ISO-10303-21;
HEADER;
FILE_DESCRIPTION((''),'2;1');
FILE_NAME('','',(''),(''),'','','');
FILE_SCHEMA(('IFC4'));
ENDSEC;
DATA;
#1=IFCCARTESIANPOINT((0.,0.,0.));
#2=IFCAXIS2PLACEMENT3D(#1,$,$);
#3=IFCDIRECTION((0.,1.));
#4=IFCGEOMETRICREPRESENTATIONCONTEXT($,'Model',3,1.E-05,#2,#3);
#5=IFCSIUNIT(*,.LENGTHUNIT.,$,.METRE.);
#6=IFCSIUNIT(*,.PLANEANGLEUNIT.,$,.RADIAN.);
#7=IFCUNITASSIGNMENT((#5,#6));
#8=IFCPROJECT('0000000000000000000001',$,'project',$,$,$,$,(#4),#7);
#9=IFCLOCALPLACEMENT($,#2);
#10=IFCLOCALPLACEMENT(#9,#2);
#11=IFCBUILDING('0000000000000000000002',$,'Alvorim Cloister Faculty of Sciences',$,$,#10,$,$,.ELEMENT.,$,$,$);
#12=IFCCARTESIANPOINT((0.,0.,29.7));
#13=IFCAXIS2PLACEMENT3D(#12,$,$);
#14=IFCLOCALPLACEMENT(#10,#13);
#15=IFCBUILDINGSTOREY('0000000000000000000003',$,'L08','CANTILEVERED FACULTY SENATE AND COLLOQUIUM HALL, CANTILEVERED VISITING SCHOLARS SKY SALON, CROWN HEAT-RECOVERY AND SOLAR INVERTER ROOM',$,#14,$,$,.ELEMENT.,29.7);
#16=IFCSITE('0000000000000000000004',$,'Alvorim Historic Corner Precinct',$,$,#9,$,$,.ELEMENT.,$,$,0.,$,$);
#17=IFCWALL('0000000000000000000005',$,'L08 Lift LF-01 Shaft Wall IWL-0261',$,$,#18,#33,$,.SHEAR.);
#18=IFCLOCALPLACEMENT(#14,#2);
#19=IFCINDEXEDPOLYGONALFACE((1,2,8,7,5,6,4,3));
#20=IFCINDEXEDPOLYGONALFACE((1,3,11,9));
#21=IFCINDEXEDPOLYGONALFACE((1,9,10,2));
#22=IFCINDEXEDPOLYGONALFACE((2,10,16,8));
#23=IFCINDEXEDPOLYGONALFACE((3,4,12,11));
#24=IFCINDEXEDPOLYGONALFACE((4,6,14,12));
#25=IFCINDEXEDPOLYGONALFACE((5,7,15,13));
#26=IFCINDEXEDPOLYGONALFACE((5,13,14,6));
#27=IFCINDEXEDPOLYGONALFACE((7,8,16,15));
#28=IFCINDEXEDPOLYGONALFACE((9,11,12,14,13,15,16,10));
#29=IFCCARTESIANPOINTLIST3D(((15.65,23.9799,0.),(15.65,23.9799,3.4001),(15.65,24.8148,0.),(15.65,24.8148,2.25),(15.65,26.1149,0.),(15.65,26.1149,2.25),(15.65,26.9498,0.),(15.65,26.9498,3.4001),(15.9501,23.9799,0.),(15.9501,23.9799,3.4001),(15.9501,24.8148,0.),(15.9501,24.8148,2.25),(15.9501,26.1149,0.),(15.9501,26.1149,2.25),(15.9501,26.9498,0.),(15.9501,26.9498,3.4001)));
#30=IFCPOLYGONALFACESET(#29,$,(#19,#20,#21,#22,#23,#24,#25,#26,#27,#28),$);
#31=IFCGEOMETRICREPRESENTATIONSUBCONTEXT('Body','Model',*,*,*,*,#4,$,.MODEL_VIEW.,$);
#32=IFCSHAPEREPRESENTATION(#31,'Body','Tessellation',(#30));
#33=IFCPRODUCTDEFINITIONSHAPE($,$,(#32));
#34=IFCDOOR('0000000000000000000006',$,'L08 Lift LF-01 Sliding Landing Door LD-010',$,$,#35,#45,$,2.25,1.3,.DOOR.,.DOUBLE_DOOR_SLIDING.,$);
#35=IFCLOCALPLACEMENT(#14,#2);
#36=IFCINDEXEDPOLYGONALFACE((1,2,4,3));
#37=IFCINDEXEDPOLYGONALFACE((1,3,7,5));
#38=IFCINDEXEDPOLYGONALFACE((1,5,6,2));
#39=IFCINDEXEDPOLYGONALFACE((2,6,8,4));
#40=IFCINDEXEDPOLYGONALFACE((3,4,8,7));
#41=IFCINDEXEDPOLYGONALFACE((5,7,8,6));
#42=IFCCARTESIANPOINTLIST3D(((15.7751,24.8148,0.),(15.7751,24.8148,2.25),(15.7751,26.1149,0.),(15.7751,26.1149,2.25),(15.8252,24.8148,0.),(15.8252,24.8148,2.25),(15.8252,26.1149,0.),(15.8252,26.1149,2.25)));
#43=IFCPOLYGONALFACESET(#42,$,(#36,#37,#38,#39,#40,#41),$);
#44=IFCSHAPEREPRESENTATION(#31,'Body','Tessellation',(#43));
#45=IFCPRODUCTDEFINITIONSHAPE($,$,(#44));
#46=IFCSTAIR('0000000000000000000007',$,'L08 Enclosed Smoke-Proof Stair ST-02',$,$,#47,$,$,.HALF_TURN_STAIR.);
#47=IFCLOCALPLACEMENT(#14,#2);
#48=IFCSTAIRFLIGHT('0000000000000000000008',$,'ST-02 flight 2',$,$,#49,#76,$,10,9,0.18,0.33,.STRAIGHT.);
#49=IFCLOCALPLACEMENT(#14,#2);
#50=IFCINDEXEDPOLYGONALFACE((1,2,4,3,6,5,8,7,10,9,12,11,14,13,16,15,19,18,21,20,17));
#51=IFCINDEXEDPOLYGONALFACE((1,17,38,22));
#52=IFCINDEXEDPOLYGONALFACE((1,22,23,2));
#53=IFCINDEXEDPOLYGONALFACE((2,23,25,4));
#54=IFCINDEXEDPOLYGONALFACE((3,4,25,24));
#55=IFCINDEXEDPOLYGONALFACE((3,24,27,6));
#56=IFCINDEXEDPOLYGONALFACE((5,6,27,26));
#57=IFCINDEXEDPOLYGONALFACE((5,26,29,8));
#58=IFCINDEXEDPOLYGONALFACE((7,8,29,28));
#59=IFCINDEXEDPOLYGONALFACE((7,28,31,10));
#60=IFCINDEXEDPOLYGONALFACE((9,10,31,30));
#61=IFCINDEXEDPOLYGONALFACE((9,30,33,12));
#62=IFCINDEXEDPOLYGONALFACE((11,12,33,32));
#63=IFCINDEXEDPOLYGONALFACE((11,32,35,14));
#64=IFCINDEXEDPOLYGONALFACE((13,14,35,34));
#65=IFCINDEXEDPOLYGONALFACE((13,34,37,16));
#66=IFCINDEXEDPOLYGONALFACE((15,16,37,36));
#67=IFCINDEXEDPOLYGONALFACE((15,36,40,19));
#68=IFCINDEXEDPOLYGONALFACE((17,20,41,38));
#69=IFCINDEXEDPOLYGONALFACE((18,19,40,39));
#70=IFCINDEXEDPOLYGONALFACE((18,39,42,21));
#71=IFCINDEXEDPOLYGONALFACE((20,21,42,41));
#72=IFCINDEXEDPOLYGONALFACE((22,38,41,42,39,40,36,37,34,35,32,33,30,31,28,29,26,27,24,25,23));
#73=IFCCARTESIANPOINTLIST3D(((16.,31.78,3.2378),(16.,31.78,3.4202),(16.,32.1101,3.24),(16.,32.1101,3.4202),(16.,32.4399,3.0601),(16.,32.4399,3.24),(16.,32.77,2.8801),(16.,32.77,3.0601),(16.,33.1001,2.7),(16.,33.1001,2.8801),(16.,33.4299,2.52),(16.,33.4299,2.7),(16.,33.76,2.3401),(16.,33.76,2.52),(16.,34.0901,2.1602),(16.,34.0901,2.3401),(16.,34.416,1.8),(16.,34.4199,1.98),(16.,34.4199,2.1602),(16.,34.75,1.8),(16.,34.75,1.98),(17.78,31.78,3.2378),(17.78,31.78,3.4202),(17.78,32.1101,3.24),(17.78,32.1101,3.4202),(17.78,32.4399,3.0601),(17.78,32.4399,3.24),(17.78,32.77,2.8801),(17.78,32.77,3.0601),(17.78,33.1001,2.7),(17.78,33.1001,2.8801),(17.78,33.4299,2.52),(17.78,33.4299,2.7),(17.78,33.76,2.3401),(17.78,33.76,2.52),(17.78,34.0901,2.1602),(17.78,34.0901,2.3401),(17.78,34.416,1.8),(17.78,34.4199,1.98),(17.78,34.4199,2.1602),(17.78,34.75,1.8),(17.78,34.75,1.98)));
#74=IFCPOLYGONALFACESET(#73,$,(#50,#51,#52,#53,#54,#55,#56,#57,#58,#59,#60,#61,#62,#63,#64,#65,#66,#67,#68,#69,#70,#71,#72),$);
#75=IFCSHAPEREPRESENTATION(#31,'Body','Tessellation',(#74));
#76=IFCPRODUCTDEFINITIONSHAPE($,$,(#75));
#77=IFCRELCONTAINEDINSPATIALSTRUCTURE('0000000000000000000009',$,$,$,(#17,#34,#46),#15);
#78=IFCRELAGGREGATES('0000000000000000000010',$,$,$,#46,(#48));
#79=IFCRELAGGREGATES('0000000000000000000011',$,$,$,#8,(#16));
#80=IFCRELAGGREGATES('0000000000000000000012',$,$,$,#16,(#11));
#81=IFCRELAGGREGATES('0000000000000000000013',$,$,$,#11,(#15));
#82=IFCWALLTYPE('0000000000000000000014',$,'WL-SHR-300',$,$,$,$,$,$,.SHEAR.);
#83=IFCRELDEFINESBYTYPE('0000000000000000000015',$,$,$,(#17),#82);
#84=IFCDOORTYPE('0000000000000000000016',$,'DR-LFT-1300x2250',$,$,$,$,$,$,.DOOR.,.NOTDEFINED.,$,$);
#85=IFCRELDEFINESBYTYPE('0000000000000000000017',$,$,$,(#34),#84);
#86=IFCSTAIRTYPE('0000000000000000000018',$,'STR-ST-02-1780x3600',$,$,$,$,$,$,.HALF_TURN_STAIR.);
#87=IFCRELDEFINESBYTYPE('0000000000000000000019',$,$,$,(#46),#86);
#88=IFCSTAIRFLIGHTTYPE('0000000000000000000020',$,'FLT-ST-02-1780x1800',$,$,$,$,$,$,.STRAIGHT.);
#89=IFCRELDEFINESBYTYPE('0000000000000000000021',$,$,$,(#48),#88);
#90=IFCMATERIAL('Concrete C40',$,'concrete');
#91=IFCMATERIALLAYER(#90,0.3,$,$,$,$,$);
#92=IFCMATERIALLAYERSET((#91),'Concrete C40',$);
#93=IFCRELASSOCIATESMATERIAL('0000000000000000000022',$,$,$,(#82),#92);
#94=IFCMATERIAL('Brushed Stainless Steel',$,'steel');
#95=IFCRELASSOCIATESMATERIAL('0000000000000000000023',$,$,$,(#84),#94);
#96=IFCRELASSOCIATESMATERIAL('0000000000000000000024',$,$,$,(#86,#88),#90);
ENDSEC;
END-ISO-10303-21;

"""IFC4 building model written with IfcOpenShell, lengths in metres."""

from ifc_helpers import new_model, si_unit, direction, frame, frame_2d, origin, place, context, subcontext, project, spatial, polyline, rectangle, outline, extrude, material, layer, layer_set, type_object, element, fill, aggregate, save


model = new_model("IFC4")

# Units and contexts
model_context = context("Model", 3, precision=1e-05, world=origin(), true_north=direction((0.0, 1.0)))
body_context = subcontext(model_context, "Body", "Model", "MODEL_VIEW")
ifc_project = project(units=[si_unit("LENGTHUNIT", "METRE"), si_unit("PLANEANGLEUNIT", "RADIAN")], contexts=[model_context])

# Site, building, storey
site_placement = place(None, origin())
site = spatial("IfcSite", under=ifc_project, at=site_placement, Name="Alvorim Historic Corner Precinct", CompositionType="ELEMENT", RefElevation=0.0)
building_placement = place(site_placement, origin())
building = spatial("IfcBuilding", under=site, at=building_placement, Name="Alvorim Cloister Faculty of Sciences", CompositionType="ELEMENT")
storey_placement = place(building_placement, frame((0.0, 0.0, 29.7)))
storey = spatial("IfcBuildingStorey", under=building, at=storey_placement, Name="L08", Description="CANTILEVERED FACULTY SENATE AND COLLOQUIUM HALL, CANTILEVERED VISITING SCHOLARS SKY SALON, CROWN HEAT-RECOVERY AND SOLAR INVERTER ROOM", CompositionType="ELEMENT", Elevation=29.7)

# Shared definitions
ifc_material_1 = material(Name="Concrete C40", Category="concrete")
ifc_layer_1 = layer(ifc_material_1, 0.3)
ifc_layer_set_1 = layer_set([ifc_layer_1], Name="Concrete C40")
wall_type_1 = type_object("IfcWallType", Name="WL-SHR-300", PredefinedType="SHEAR", material=ifc_layer_set_1)

# Wall, opening, door
wall_1_placement = place(storey_placement, frame((15.8, 23.98, 0.0), z_axis=(0.0, 0.0, 1.0), x_axis=(0.0, 1.0, 0.0)))
wall_1 = element("IfcWall", 1, at=wall_1_placement, inside=storey, type_object=wall_type_1, Name="L08 Lift LF-01 Shaft Wall IWL-0261", PredefinedType="SHEAR", context=body_context, shape_type="SweptSolid", body=[
    extrude(rectangle(XDim=2.97, YDim=0.3, at=frame_2d((1.4849, 0.0))), origin(), (0.0, 0.0, 1.0), 3.4001),
])
opening_1_placement = place(wall_1_placement, frame((0.835, 0.0, 0.0)))
opening_1 = element("IfcOpeningElement", 2, at=opening_1_placement, cuts=wall_1, PredefinedType="OPENING", context=body_context, shape_type="SweptSolid", body=[
    extrude(rectangle(XDim=1.3, YDim=2.25, at=frame_2d((0.6499, 1.125))), frame((0.0, 0.1621, 0.0), z_axis=(0.0, -1.0, 0.0), x_axis=(1.0, 0.0, 0.0)), (0.0, 0.0, 1.0), 0.324),
])
ifc_material_2 = material(Name="Brushed Stainless Steel", Category="steel")
door_type_1 = type_object("IfcDoorType", Name="DR-LFT-1300x2250", OperationType="NOTDEFINED", PredefinedType="DOOR", material=ifc_material_2)
door_1_placement = place(opening_1_placement, origin())
door_1 = element("IfcDoor", 3, at=door_1_placement, inside=storey, type_object=door_type_1, Name="L08 Lift LF-01 Sliding Landing Door LD-010", OperationType="DOUBLE_DOOR_SLIDING", OverallHeight=2.25, OverallWidth=1.3, PredefinedType="DOOR", context=body_context, shape_type="SweptSolid", body=[
    extrude(rectangle(XDim=1.3, YDim=2.25, at=frame_2d((0.6499, 1.125))), frame((0.0, 0.0249, 0.0), z_axis=(0.0, -1.0, 0.0), x_axis=(1.0, 0.0, 0.0)), (0.0, 0.0, 1.0), 0.05),
])
fill(opening_1, door_1)

# Stair, stair flight
stair_type = type_object("IfcStairType", Name="STR-ST-02-1780x3600", PredefinedType="HALF_TURN_STAIR", material=ifc_material_1)
stair_placement = place(storey_placement, origin())
stair = element("IfcStair", 4, at=stair_placement, inside=storey, type_object=stair_type, Name="L08 Enclosed Smoke-Proof Stair ST-02", PredefinedType="HALF_TURN_STAIR")
stair_flight_type = type_object("IfcStairFlightType", Name="FLT-ST-02-1780x1800", PredefinedType="STRAIGHT", material=ifc_material_1)
stair_flight_placement = place(storey_placement, frame((16.8899, 34.75, 1.8), z_axis=(0.0, 0.0, 1.0), x_axis=(0.0, -1.0, 0.0)))
stair_flight = element("IfcStairFlight", 5, at=stair_flight_placement, type_object=stair_flight_type, Name="ST-02 flight 2", NumberOfRisers=10, NumberOfTreads=9, PredefinedType="STRAIGHT", RiserHeight=0.18, TreadLength=0.33, context=body_context, shape_type="SweptSolid", body=[
    extrude(outline(polyline([(0.334, 0.0), (2.97, 1.4377), (2.97, 1.8), (2.97, 1.6201), (2.6399, 1.6201), (2.6399, 1.4399), (2.3101, 1.4399), (2.3101, 1.26), (1.98, 1.26), (1.98, 1.0801), (1.6499, 1.0801), (1.6499, 0.8999), (1.3201, 0.8999), (1.3201, 0.72), (0.99, 0.72), (0.99, 0.54), (0.6599, 0.54), (0.6599, 0.3601), (0.3301, 0.3601), (0.3301, 0.1799), (0.0, 0.1799), (0.0, 0.0), (0.334, 0.0)])), frame((0.0, 0.8901, 0.0), z_axis=(0.0, -1.0, 0.0), x_axis=(1.0, 0.0, 0.0)), (0.0, 0.0, 1.0), 1.78),
])
aggregate(stair, [stair_flight])

save(model, "model.ifc")
